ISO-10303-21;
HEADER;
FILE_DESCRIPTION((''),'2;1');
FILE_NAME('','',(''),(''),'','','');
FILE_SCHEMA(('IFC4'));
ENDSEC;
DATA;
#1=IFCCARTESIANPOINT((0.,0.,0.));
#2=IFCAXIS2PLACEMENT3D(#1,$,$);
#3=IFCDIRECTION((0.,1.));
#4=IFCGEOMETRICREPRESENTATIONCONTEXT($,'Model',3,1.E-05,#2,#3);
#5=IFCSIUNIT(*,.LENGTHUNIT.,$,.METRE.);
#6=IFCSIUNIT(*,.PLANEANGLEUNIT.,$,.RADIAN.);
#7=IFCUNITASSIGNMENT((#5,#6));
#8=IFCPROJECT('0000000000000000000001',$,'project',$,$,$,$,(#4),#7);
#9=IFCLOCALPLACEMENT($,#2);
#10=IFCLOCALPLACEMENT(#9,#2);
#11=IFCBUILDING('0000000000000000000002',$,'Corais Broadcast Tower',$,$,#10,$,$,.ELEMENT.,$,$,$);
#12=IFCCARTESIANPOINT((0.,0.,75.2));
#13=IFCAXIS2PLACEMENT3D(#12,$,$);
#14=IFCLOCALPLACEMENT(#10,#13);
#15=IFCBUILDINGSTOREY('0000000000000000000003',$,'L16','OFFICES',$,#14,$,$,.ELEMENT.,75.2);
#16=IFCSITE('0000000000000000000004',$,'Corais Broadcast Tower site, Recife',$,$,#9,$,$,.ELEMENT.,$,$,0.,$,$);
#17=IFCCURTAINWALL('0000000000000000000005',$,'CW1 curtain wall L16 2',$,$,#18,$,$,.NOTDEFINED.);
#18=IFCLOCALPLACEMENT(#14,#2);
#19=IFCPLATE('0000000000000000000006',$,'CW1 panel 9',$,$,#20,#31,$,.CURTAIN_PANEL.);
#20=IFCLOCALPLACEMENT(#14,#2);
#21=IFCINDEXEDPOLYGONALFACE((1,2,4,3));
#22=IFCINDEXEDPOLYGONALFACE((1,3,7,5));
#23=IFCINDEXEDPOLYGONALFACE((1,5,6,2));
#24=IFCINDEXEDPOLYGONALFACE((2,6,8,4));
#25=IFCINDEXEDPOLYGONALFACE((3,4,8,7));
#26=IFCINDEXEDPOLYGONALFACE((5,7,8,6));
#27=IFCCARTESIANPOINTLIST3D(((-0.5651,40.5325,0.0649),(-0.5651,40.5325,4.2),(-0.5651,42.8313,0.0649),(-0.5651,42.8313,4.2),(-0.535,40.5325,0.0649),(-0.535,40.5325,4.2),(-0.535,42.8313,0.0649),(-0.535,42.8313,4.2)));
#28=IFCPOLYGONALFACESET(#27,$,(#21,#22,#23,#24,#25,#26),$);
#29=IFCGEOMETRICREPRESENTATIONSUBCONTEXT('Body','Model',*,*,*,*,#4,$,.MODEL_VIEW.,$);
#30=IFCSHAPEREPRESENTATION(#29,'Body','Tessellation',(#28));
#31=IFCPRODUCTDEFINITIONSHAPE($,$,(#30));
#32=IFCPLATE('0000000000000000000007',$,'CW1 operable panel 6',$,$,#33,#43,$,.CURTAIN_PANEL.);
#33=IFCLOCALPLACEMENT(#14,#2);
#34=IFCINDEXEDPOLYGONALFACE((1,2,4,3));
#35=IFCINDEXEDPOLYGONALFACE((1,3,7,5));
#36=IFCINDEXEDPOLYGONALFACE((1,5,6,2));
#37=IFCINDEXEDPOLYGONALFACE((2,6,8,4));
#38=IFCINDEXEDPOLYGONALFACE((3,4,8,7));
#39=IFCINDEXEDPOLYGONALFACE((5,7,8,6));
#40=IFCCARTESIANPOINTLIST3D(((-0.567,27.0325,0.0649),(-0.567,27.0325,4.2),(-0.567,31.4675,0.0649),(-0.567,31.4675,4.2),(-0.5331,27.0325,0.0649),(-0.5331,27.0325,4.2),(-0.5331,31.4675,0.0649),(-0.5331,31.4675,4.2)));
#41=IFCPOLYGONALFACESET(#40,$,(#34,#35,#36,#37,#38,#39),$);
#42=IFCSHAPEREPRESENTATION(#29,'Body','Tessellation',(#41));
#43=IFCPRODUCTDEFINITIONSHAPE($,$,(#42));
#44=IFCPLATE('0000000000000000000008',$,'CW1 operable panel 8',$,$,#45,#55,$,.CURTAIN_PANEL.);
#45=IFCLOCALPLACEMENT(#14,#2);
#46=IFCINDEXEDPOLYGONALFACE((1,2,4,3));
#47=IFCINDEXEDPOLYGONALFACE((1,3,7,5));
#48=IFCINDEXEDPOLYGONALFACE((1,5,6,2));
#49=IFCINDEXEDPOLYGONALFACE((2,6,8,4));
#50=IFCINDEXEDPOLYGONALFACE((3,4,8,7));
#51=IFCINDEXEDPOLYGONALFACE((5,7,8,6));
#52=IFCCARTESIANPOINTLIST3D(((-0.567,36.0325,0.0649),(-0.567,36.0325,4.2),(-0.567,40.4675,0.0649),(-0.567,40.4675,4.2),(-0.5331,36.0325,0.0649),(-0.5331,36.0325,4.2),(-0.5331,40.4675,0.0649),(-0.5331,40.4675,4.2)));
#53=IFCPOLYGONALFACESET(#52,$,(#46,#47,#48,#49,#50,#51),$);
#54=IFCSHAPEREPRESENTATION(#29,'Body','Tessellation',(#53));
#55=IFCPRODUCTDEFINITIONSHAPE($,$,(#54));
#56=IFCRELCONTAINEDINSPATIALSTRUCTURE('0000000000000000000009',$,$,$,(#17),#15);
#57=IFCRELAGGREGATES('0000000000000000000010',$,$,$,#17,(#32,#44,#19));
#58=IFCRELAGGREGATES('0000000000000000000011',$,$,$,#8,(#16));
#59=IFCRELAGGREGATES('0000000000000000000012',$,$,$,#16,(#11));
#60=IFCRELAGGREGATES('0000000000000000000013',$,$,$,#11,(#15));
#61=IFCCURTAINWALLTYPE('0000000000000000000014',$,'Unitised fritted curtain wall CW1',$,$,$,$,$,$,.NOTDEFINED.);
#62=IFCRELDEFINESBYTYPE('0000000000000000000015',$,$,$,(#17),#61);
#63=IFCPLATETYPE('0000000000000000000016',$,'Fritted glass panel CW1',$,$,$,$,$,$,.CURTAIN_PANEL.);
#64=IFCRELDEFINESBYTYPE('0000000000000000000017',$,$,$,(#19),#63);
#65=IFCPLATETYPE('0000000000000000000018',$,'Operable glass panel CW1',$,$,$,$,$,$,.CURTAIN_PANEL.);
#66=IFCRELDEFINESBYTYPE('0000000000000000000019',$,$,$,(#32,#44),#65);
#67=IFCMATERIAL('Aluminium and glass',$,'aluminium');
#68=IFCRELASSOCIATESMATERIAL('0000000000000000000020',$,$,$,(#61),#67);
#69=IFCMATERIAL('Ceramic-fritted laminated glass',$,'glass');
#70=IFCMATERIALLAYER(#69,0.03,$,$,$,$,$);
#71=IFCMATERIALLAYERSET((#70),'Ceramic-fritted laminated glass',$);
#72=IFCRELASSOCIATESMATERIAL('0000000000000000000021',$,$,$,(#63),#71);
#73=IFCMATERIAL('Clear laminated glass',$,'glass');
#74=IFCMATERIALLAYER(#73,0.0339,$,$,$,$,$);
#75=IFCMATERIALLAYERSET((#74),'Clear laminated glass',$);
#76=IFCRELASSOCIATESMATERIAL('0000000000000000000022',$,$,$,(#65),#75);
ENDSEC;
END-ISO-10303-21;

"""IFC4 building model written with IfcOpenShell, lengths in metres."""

from ifc_helpers import new_model, si_unit, direction, frame, origin, origin_2d, place, context, subcontext, project, spatial, rectangle, extrude, material, layer, layer_set, type_object, element, aggregate, save


model = new_model("IFC4")

# Units and contexts
model_context = context("Model", 3, precision=1e-05, world=origin(), true_north=direction((0.0, 1.0)))
body_context = subcontext(model_context, "Body", "Model", "MODEL_VIEW")
ifc_project = project(units=[si_unit("LENGTHUNIT", "METRE"), si_unit("PLANEANGLEUNIT", "RADIAN")], contexts=[model_context])

# Site, building, storey
site_placement = place(None, origin())
site = spatial("IfcSite", under=ifc_project, at=site_placement, Name="Corais Broadcast Tower site, Recife", CompositionType="ELEMENT", RefElevation=0.0)
building_placement = place(site_placement, origin())
building = spatial("IfcBuilding", under=site, at=building_placement, Name="Corais Broadcast Tower", CompositionType="ELEMENT")
storey_placement = place(building_placement, frame((0.0, 0.0, 75.2)))
storey = spatial("IfcBuildingStorey", under=building, at=storey_placement, Name="L16", Description="OFFICES", CompositionType="ELEMENT", Elevation=75.2)

# Curtain wall
ifc_material_1 = material(Name="Aluminium and glass", Category="aluminium")
curtain_wall_type = type_object("IfcCurtainWallType", Name="Unitised fritted curtain wall CW1", PredefinedType="NOTDEFINED", material=ifc_material_1)
curtain_wall_placement = place(storey_placement, origin())
curtain_wall = element("IfcCurtainWall", 1, at=curtain_wall_placement, inside=storey, type_object=curtain_wall_type, Name="CW1 curtain wall L16 2", PredefinedType="NOTDEFINED")

# Plates
ifc_material_2 = material(Name="Ceramic-fritted laminated glass", Category="glass")
ifc_layer_1 = layer(ifc_material_2, 0.03)
ifc_layer_set_1 = layer_set([ifc_layer_1], Name="Ceramic-fritted laminated glass")
plate_type_1 = type_object("IfcPlateType", Name="Fritted glass panel CW1", PredefinedType="CURTAIN_PANEL", material=ifc_layer_set_1)
plate_1_placement = place(storey_placement, frame((-0.55, 41.6819, 0.0649), z_axis=(0.0, 0.0, 1.0), x_axis=(0.0, 1.0, 0.0)))
plate_1 = element("IfcPlate", 2, at=plate_1_placement, type_object=plate_type_1, Name="CW1 panel 9", PredefinedType="CURTAIN_PANEL", context=body_context, shape_type="SweptSolid", body=[
    extrude(rectangle(XDim=2.2988, YDim=0.03, at=origin_2d()), origin(), (0.0, 0.0, 1.0), 4.135),
])
ifc_material_3 = material(Name="Clear laminated glass", Category="glass")
ifc_layer_2 = layer(ifc_material_3, 0.0339)
ifc_layer_set_2 = layer_set([ifc_layer_2], Name="Clear laminated glass")
plate_type_2 = type_object("IfcPlateType", Name="Operable glass panel CW1", PredefinedType="CURTAIN_PANEL", material=ifc_layer_set_2)
plate_2_placement = place(storey_placement, frame((-0.55, 29.25, 0.0649), z_axis=(0.0, 0.0, 1.0), x_axis=(0.0, 1.0, 0.0)))
plate_2 = element("IfcPlate", 3, at=plate_2_placement, type_object=plate_type_2, Name="CW1 operable panel 6", PredefinedType="CURTAIN_PANEL", context=body_context, shape_type="SweptSolid", body=[
    extrude(rectangle(XDim=4.4351, YDim=0.0339, at=origin_2d()), origin(), (0.0, 0.0, 1.0), 4.135),
])
plate_3_placement = place(storey_placement, frame((-0.55, 38.25, 0.0649), z_axis=(0.0, 0.0, 1.0), x_axis=(0.0, 1.0, 0.0)))
plate_3 = element("IfcPlate", 4, at=plate_3_placement, type_object=plate_type_2, Name="CW1 operable panel 8", PredefinedType="CURTAIN_PANEL", context=body_context, shape_type="SweptSolid", body=[
    extrude(rectangle(XDim=4.4351, YDim=0.0339, at=origin_2d()), origin(), (0.0, 0.0, 1.0), 4.135),
])
aggregate(curtain_wall, [plate_2, plate_3, plate_1])

save(model, "model.ifc")
